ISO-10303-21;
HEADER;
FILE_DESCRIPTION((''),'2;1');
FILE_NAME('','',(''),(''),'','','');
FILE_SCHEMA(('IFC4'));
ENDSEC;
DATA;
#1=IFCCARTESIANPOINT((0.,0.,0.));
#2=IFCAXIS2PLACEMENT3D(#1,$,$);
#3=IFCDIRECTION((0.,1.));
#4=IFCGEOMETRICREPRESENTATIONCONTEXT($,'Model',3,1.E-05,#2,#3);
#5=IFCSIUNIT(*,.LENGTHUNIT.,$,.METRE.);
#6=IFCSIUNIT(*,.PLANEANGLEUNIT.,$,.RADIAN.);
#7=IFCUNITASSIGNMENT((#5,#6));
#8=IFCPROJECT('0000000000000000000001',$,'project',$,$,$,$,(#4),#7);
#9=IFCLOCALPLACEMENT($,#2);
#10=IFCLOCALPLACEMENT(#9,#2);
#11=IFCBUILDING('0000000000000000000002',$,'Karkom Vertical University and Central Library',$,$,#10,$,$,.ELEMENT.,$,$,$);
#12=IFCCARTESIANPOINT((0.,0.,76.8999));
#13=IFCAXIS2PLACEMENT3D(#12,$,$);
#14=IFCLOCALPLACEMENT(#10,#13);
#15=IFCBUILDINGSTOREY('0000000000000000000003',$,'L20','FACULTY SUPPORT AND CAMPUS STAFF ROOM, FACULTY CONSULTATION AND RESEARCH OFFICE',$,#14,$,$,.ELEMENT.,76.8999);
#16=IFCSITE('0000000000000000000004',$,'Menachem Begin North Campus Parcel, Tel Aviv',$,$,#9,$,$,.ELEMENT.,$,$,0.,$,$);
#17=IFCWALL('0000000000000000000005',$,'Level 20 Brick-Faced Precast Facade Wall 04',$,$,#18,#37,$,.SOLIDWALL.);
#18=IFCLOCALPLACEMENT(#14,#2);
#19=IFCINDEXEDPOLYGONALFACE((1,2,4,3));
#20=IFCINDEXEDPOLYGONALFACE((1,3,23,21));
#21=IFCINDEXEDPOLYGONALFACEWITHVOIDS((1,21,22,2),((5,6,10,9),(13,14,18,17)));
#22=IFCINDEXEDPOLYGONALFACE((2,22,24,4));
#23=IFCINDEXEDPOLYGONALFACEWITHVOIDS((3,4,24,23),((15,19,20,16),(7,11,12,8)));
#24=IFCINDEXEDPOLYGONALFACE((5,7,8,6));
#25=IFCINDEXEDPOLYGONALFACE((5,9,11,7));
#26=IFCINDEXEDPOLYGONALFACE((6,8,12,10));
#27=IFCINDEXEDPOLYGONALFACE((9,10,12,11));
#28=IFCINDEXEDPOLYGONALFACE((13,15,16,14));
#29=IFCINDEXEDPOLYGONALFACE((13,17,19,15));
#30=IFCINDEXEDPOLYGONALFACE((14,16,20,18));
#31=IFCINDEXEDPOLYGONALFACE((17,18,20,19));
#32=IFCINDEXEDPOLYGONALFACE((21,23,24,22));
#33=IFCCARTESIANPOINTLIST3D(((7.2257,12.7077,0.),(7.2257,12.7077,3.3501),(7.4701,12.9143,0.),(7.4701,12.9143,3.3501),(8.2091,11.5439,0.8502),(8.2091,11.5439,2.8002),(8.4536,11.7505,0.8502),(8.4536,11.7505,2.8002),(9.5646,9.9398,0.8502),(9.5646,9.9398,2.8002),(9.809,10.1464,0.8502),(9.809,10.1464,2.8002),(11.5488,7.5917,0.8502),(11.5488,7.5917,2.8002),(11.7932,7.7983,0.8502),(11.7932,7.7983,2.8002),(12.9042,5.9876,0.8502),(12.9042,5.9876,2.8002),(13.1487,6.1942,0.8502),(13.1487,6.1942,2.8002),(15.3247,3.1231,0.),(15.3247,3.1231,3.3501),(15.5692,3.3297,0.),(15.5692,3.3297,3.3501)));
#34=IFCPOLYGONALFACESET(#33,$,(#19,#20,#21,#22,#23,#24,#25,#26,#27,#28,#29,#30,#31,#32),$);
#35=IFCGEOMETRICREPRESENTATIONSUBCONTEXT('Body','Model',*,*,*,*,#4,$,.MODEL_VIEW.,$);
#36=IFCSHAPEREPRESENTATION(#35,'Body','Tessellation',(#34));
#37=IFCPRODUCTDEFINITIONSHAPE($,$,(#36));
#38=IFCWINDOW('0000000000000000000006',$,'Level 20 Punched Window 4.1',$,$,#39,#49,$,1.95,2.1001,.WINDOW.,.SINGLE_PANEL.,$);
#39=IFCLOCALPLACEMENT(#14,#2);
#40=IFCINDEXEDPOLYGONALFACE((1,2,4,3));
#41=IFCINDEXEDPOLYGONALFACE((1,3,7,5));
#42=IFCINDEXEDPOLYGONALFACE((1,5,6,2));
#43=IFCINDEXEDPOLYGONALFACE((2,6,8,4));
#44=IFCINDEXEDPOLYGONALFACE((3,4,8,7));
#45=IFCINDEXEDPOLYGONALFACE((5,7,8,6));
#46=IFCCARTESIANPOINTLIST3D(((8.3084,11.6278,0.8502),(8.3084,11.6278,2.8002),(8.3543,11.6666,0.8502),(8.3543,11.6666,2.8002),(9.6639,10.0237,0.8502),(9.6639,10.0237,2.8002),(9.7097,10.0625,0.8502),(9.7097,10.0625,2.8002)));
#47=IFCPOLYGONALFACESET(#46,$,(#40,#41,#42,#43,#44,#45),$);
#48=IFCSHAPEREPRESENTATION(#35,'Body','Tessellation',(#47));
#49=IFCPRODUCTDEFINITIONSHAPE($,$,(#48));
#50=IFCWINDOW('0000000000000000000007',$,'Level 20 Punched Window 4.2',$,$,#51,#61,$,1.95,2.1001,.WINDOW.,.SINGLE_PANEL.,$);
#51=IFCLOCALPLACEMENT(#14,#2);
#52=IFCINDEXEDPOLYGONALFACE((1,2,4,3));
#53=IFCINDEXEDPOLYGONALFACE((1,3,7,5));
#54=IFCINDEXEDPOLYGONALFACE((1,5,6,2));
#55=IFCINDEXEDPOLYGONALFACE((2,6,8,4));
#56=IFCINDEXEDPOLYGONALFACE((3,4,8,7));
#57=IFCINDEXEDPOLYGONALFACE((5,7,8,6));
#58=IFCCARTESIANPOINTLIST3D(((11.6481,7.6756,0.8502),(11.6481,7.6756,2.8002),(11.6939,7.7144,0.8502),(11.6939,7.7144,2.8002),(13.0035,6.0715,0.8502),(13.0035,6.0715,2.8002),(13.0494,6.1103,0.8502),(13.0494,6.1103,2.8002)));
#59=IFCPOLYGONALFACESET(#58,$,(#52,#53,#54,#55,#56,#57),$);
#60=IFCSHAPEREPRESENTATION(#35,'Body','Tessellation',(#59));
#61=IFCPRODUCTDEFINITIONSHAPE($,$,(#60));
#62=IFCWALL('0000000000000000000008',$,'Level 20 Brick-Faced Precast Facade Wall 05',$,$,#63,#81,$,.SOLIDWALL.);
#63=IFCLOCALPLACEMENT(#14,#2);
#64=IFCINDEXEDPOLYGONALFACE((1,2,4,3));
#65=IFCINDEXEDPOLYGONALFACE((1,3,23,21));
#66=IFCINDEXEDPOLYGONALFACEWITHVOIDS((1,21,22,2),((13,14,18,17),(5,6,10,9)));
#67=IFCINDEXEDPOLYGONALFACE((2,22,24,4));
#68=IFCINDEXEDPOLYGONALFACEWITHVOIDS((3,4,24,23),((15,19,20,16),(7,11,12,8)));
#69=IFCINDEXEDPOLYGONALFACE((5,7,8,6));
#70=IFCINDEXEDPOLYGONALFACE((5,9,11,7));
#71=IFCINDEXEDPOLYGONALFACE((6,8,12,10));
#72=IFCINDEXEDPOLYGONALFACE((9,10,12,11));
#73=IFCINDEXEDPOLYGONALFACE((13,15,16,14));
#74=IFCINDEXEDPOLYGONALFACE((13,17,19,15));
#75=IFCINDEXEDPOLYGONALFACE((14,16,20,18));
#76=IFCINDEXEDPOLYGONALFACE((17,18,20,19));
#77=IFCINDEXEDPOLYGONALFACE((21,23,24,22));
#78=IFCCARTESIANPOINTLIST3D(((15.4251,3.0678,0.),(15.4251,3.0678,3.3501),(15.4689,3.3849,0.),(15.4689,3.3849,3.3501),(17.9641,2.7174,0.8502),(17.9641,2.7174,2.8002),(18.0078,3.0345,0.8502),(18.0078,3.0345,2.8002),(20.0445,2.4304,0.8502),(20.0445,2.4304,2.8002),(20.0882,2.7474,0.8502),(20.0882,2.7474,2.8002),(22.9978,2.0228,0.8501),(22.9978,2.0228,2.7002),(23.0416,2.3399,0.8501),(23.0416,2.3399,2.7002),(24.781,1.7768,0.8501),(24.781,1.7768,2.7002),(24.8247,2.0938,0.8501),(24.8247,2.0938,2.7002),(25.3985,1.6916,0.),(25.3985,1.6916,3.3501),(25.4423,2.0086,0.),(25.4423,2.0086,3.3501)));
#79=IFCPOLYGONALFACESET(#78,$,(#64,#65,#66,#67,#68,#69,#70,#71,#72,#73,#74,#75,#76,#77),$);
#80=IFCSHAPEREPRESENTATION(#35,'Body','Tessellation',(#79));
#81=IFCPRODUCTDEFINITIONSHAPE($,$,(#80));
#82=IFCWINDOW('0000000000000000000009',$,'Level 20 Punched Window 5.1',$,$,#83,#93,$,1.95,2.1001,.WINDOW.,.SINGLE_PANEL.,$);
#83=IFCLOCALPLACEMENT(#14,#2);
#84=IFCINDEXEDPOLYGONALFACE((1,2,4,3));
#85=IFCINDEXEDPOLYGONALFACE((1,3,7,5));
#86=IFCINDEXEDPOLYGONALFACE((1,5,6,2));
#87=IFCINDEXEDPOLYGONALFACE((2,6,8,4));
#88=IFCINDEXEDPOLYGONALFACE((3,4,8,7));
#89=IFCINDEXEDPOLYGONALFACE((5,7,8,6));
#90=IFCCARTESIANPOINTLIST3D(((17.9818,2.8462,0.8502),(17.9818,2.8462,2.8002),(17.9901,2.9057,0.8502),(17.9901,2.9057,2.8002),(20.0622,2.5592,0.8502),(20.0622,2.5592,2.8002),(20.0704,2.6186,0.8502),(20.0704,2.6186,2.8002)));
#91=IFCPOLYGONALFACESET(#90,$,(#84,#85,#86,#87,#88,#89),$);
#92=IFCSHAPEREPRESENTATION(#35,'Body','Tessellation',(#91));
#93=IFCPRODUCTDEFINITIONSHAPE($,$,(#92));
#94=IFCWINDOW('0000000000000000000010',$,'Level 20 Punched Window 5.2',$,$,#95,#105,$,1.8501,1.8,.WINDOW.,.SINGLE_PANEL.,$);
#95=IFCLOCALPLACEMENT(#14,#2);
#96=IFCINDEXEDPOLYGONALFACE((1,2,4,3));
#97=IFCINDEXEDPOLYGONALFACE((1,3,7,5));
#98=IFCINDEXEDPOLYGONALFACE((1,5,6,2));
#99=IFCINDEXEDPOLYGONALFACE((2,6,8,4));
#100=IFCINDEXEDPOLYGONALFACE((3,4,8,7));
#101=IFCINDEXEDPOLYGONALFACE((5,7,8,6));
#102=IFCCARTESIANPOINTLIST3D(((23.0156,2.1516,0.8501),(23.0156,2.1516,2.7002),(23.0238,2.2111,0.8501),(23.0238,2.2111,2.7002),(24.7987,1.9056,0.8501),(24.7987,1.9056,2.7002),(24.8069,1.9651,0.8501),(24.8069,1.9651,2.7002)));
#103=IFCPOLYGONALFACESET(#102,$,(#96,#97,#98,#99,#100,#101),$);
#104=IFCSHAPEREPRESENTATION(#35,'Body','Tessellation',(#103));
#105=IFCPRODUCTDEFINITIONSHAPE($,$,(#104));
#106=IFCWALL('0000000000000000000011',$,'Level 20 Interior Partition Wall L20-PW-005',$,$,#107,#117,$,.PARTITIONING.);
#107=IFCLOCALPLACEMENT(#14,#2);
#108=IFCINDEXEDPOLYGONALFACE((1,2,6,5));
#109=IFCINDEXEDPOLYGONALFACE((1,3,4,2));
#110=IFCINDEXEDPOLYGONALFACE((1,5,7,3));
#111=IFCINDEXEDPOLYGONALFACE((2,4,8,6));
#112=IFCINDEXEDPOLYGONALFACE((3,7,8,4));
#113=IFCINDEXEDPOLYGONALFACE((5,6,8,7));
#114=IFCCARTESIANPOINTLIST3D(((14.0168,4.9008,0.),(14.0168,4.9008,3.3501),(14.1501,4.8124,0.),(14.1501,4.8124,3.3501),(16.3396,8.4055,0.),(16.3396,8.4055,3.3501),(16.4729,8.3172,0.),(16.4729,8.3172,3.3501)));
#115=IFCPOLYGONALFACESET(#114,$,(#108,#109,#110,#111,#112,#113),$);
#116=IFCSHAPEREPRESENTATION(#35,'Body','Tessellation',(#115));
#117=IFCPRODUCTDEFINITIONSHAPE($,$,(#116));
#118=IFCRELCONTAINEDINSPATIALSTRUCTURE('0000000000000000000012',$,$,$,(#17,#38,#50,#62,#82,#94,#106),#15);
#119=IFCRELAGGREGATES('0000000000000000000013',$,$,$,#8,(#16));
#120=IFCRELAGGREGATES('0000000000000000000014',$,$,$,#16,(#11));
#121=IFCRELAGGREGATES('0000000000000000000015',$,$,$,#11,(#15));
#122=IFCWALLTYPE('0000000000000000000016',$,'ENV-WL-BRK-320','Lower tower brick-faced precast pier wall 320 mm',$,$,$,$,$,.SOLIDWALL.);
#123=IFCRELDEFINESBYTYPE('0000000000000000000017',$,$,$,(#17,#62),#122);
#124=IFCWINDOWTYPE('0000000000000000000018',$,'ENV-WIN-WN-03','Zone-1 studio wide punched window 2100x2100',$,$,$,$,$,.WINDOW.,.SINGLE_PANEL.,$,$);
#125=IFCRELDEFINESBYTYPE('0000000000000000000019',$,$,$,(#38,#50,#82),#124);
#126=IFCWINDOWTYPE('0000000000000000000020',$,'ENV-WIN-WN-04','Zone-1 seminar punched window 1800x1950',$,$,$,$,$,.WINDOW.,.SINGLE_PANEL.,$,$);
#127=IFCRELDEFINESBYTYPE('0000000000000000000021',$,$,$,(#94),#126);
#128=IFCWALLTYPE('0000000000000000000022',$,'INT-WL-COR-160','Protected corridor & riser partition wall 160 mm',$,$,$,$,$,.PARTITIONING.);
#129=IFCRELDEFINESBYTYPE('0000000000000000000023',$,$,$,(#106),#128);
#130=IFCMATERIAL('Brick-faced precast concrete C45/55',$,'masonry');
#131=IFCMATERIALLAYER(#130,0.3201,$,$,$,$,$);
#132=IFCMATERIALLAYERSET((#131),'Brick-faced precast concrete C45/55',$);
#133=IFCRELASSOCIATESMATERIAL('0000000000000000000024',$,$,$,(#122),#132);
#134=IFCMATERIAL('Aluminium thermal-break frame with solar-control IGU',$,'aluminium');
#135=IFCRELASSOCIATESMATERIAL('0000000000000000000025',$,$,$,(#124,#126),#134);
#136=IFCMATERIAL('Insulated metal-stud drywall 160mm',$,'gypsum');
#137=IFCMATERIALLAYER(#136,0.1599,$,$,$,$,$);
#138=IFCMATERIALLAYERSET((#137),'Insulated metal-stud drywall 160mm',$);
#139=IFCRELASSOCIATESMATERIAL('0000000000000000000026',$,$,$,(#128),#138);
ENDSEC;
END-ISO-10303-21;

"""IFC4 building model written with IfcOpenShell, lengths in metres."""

from ifc_helpers import new_model, si_unit, direction, frame, frame_2d, origin, origin_with_axes, place, context, subcontext, project, spatial, rectangle, extrude, source, transform, mapped, material, layer, layer_set, type_object, element, fill, save


model = new_model("IFC4")

# Units and contexts
model_context = context("Model", 3, precision=1e-05, world=origin(), true_north=direction((0.0, 1.0)))
body_context = subcontext(model_context, "Body", "Model", "MODEL_VIEW")
ifc_project = project(units=[si_unit("LENGTHUNIT", "METRE"), si_unit("PLANEANGLEUNIT", "RADIAN")], contexts=[model_context])

# Site, building, storey
site_placement = place(None, origin())
site = spatial("IfcSite", under=ifc_project, at=site_placement, Name="Menachem Begin North Campus Parcel, Tel Aviv", CompositionType="ELEMENT", RefElevation=0.0)
building_placement = place(site_placement, origin())
building = spatial("IfcBuilding", under=site, at=building_placement, Name="Karkom Vertical University and Central Library", CompositionType="ELEMENT")
storey_placement = place(building_placement, frame((0.0, 0.0, 76.8999)))
storey = spatial("IfcBuildingStorey", under=building, at=storey_placement, Name="L20", Description="FACULTY SUPPORT AND CAMPUS STAFF ROOM, FACULTY CONSULTATION AND RESEARCH OFFICE", CompositionType="ELEMENT", Elevation=76.8999)

# Walls, openings, windows
ifc_material_1 = material(Name="Brick-faced precast concrete C45/55", Category="masonry")
ifc_layer_1 = layer(ifc_material_1, 0.3201)
ifc_layer_set_1 = layer_set([ifc_layer_1], Name="Brick-faced precast concrete C45/55")
wall_type_1 = type_object("IfcWallType", Name="ENV-WL-BRK-320", Description="Lower tower brick-faced precast pier wall 320 mm", PredefinedType="SOLIDWALL", material=ifc_layer_set_1)
wall_1_placement = place(storey_placement, frame((7.3479, 12.811, 0.0), z_axis=(0.0, 0.0, 1.0), x_axis=(0.64543, -0.763819, 0.0)))
wall_1 = element("IfcWall", 1, at=wall_1_placement, inside=storey, type_object=wall_type_1, Name="Level 20 Brick-Faced Precast Facade Wall 04", PredefinedType="SOLIDWALL", context=body_context, shape_type="SweptSolid", body=[
    extrude(rectangle(XDim=12.5483, YDim=0.3201, at=frame_2d((6.2742, 0.0))), origin(), (0.0, 0.0, 1.0), 3.3501),
])
opening_1_placement = place(wall_1_placement, frame((1.5237, 0.0, 0.8501)))
opening_1 = element("IfcOpeningElement", 2, at=opening_1_placement, cuts=wall_1, PredefinedType="OPENING", context=body_context, shape_type="SweptSolid", body=[
    extrude(rectangle(XDim=2.1001, YDim=1.95, at=frame_2d((1.05, 0.9751))), frame((0.0, 0.1699, 0.0), z_axis=(0.0, -1.0, 0.0), x_axis=(1.0, 0.0, 0.0)), (0.0, 0.0, 1.0), 0.3401),
])
opening_2_placement = place(wall_1_placement, frame((6.698, 0.0, 0.8501)))
opening_2 = element("IfcOpeningElement", 3, at=opening_2_placement, cuts=wall_1, PredefinedType="OPENING", context=body_context, shape_type="SweptSolid", body=[
    extrude(rectangle(XDim=2.1001, YDim=1.95, at=frame_2d((1.05, 0.9751))), frame((0.0, 0.1699, 0.0), z_axis=(0.0, -1.0, 0.0), x_axis=(1.0, 0.0, 0.0)), (0.0, 0.0, 1.0), 0.3401),
])
ifc_material_2 = material(Name="Aluminium thermal-break frame with solar-control IGU", Category="aluminium")
window_type_1 = type_object("IfcWindowType", Name="ENV-WIN-WN-03", Description="Zone-1 studio wide punched window 2100x2100", PartitioningType="SINGLE_PANEL", PredefinedType="WINDOW", material=ifc_material_2)
shared_shape_1 = source(origin_with_axes(), body_context, "Body", "SweptSolid", [
    extrude(rectangle(XDim=2.1001, YDim=1.95, at=frame_2d((1.05, 0.9751))), frame((0.0, 0.03, 0.0), z_axis=(0.0, -1.0, 0.0), x_axis=(1.0, 0.0, 0.0)), (0.0, 0.0, 1.0), 0.0601),
])
window_1_placement = place(opening_1_placement, origin())
window_1 = element("IfcWindow", 4, at=window_1_placement, inside=storey, type_object=window_type_1, Name="Level 20 Punched Window 4.1", OverallHeight=1.95, OverallWidth=2.1001, PartitioningType="SINGLE_PANEL", PredefinedType="WINDOW", context=body_context, shape_type="MappedRepresentation", body=[
    mapped(shared_shape_1, transform((0.0, 0.0, 0.0), scale=1.0)),
])
fill(opening_1, window_1)
window_2_placement = place(opening_2_placement, origin())
window_2 = element("IfcWindow", 5, at=window_2_placement, inside=storey, type_object=window_type_1, Name="Level 20 Punched Window 4.2", OverallHeight=1.95, OverallWidth=2.1001, PartitioningType="SINGLE_PANEL", PredefinedType="WINDOW", context=body_context, shape_type="MappedRepresentation", body=[
    mapped(shared_shape_1, transform((0.0, 0.0, 0.0), scale=1.0)),
])
fill(opening_2, window_2)
wall_2_placement = place(storey_placement, frame((15.447, 3.2263, 0.0), z_axis=(0.0, 0.0, 1.0), x_axis=(0.990613, -0.136694, 0.0)))
wall_2 = element("IfcWall", 6, at=wall_2_placement, inside=storey, type_object=wall_type_1, Name="Level 20 Brick-Faced Precast Facade Wall 05", PredefinedType="SOLIDWALL", context=body_context, shape_type="SweptSolid", body=[
    extrude(rectangle(XDim=10.0679, YDim=0.3201, at=frame_2d((5.0339, 0.0))), origin(), (0.0, 0.0, 1.0), 3.3501),
])
opening_3_placement = place(wall_2_placement, frame((2.563, 0.0, 0.8501)))
opening_3 = element("IfcOpeningElement", 7, at=opening_3_placement, cuts=wall_2, PredefinedType="OPENING", context=body_context, shape_type="SweptSolid", body=[
    extrude(rectangle(XDim=2.1001, YDim=1.95, at=frame_2d((1.05, 0.9751))), frame((0.0, 0.1699, 0.0), z_axis=(0.0, -1.0, 0.0), x_axis=(1.0, 0.0, 0.0)), (0.0, 0.0, 1.0), 0.3401),
])
opening_4_placement = place(wall_2_placement, frame((7.6445, 0.0, 0.8501)))
opening_4 = element("IfcOpeningElement", 8, at=opening_4_placement, cuts=wall_2, PredefinedType="OPENING", context=body_context, shape_type="SweptSolid", body=[
    extrude(rectangle(XDim=1.8, YDim=1.8501, at=frame_2d((0.8999, 0.925))), frame((0.0, 0.1699, 0.0), z_axis=(0.0, -1.0, 0.0), x_axis=(1.0, 0.0, 0.0)), (0.0, 0.0, 1.0), 0.3401),
])
window_3_placement = place(opening_3_placement, origin())
window_3 = element("IfcWindow", 9, at=window_3_placement, inside=storey, type_object=window_type_1, Name="Level 20 Punched Window 5.1", OverallHeight=1.95, OverallWidth=2.1001, PartitioningType="SINGLE_PANEL", PredefinedType="WINDOW", context=body_context, shape_type="MappedRepresentation", body=[
    mapped(shared_shape_1, transform((0.0, 0.0, 0.0), scale=1.0)),
])
fill(opening_3, window_3)
window_type_2 = type_object("IfcWindowType", Name="ENV-WIN-WN-04", Description="Zone-1 seminar punched window 1800x1950", PartitioningType="SINGLE_PANEL", PredefinedType="WINDOW", material=ifc_material_2)
shared_shape_2 = source(origin_with_axes(), body_context, "Body", "SweptSolid", [
    extrude(rectangle(XDim=1.8, YDim=1.8501, at=frame_2d((0.8999, 0.925))), frame((0.0, 0.03, 0.0), z_axis=(0.0, -1.0, 0.0), x_axis=(1.0, 0.0, 0.0)), (0.0, 0.0, 1.0), 0.0601),
])
window_4_placement = place(opening_4_placement, origin())
window_4 = element("IfcWindow", 10, at=window_4_placement, inside=storey, type_object=window_type_2, Name="Level 20 Punched Window 5.2", OverallHeight=1.8501, OverallWidth=1.8, PartitioningType="SINGLE_PANEL", PredefinedType="WINDOW", context=body_context, shape_type="MappedRepresentation", body=[
    mapped(shared_shape_2, transform((0.0, 0.0, 0.0), scale=1.0)),
])
fill(opening_4, window_4)

# Wall
ifc_material_3 = material(Name="Insulated metal-stud drywall 160mm", Category="gypsum")
ifc_layer_2 = layer(ifc_material_3, 0.1599)
ifc_layer_set_2 = layer_set([ifc_layer_2], Name="Insulated metal-stud drywall 160mm")
wall_type_2 = type_object("IfcWallType", Name="INT-WL-COR-160", Description="Protected corridor & riser partition wall 160 mm", PredefinedType="PARTITIONING", material=ifc_layer_set_2)
wall_3_placement = place(storey_placement, frame((16.4062, 8.3613, 0.0), z_axis=(0.0, 0.0, 1.0), x_axis=(-0.552447, -0.833548, 0.0)))
element("IfcWall", 11, at=wall_3_placement, inside=storey, type_object=wall_type_2, Name="Level 20 Interior Partition Wall L20-PW-005", PredefinedType="PARTITIONING", context=body_context, shape_type="SweptSolid", body=[
    extrude(rectangle(XDim=4.2046, YDim=0.1599, at=frame_2d((2.1023, 0.0))), origin(), (0.0, 0.0, 1.0), 3.3501),
])

save(model, "model.ifc")
